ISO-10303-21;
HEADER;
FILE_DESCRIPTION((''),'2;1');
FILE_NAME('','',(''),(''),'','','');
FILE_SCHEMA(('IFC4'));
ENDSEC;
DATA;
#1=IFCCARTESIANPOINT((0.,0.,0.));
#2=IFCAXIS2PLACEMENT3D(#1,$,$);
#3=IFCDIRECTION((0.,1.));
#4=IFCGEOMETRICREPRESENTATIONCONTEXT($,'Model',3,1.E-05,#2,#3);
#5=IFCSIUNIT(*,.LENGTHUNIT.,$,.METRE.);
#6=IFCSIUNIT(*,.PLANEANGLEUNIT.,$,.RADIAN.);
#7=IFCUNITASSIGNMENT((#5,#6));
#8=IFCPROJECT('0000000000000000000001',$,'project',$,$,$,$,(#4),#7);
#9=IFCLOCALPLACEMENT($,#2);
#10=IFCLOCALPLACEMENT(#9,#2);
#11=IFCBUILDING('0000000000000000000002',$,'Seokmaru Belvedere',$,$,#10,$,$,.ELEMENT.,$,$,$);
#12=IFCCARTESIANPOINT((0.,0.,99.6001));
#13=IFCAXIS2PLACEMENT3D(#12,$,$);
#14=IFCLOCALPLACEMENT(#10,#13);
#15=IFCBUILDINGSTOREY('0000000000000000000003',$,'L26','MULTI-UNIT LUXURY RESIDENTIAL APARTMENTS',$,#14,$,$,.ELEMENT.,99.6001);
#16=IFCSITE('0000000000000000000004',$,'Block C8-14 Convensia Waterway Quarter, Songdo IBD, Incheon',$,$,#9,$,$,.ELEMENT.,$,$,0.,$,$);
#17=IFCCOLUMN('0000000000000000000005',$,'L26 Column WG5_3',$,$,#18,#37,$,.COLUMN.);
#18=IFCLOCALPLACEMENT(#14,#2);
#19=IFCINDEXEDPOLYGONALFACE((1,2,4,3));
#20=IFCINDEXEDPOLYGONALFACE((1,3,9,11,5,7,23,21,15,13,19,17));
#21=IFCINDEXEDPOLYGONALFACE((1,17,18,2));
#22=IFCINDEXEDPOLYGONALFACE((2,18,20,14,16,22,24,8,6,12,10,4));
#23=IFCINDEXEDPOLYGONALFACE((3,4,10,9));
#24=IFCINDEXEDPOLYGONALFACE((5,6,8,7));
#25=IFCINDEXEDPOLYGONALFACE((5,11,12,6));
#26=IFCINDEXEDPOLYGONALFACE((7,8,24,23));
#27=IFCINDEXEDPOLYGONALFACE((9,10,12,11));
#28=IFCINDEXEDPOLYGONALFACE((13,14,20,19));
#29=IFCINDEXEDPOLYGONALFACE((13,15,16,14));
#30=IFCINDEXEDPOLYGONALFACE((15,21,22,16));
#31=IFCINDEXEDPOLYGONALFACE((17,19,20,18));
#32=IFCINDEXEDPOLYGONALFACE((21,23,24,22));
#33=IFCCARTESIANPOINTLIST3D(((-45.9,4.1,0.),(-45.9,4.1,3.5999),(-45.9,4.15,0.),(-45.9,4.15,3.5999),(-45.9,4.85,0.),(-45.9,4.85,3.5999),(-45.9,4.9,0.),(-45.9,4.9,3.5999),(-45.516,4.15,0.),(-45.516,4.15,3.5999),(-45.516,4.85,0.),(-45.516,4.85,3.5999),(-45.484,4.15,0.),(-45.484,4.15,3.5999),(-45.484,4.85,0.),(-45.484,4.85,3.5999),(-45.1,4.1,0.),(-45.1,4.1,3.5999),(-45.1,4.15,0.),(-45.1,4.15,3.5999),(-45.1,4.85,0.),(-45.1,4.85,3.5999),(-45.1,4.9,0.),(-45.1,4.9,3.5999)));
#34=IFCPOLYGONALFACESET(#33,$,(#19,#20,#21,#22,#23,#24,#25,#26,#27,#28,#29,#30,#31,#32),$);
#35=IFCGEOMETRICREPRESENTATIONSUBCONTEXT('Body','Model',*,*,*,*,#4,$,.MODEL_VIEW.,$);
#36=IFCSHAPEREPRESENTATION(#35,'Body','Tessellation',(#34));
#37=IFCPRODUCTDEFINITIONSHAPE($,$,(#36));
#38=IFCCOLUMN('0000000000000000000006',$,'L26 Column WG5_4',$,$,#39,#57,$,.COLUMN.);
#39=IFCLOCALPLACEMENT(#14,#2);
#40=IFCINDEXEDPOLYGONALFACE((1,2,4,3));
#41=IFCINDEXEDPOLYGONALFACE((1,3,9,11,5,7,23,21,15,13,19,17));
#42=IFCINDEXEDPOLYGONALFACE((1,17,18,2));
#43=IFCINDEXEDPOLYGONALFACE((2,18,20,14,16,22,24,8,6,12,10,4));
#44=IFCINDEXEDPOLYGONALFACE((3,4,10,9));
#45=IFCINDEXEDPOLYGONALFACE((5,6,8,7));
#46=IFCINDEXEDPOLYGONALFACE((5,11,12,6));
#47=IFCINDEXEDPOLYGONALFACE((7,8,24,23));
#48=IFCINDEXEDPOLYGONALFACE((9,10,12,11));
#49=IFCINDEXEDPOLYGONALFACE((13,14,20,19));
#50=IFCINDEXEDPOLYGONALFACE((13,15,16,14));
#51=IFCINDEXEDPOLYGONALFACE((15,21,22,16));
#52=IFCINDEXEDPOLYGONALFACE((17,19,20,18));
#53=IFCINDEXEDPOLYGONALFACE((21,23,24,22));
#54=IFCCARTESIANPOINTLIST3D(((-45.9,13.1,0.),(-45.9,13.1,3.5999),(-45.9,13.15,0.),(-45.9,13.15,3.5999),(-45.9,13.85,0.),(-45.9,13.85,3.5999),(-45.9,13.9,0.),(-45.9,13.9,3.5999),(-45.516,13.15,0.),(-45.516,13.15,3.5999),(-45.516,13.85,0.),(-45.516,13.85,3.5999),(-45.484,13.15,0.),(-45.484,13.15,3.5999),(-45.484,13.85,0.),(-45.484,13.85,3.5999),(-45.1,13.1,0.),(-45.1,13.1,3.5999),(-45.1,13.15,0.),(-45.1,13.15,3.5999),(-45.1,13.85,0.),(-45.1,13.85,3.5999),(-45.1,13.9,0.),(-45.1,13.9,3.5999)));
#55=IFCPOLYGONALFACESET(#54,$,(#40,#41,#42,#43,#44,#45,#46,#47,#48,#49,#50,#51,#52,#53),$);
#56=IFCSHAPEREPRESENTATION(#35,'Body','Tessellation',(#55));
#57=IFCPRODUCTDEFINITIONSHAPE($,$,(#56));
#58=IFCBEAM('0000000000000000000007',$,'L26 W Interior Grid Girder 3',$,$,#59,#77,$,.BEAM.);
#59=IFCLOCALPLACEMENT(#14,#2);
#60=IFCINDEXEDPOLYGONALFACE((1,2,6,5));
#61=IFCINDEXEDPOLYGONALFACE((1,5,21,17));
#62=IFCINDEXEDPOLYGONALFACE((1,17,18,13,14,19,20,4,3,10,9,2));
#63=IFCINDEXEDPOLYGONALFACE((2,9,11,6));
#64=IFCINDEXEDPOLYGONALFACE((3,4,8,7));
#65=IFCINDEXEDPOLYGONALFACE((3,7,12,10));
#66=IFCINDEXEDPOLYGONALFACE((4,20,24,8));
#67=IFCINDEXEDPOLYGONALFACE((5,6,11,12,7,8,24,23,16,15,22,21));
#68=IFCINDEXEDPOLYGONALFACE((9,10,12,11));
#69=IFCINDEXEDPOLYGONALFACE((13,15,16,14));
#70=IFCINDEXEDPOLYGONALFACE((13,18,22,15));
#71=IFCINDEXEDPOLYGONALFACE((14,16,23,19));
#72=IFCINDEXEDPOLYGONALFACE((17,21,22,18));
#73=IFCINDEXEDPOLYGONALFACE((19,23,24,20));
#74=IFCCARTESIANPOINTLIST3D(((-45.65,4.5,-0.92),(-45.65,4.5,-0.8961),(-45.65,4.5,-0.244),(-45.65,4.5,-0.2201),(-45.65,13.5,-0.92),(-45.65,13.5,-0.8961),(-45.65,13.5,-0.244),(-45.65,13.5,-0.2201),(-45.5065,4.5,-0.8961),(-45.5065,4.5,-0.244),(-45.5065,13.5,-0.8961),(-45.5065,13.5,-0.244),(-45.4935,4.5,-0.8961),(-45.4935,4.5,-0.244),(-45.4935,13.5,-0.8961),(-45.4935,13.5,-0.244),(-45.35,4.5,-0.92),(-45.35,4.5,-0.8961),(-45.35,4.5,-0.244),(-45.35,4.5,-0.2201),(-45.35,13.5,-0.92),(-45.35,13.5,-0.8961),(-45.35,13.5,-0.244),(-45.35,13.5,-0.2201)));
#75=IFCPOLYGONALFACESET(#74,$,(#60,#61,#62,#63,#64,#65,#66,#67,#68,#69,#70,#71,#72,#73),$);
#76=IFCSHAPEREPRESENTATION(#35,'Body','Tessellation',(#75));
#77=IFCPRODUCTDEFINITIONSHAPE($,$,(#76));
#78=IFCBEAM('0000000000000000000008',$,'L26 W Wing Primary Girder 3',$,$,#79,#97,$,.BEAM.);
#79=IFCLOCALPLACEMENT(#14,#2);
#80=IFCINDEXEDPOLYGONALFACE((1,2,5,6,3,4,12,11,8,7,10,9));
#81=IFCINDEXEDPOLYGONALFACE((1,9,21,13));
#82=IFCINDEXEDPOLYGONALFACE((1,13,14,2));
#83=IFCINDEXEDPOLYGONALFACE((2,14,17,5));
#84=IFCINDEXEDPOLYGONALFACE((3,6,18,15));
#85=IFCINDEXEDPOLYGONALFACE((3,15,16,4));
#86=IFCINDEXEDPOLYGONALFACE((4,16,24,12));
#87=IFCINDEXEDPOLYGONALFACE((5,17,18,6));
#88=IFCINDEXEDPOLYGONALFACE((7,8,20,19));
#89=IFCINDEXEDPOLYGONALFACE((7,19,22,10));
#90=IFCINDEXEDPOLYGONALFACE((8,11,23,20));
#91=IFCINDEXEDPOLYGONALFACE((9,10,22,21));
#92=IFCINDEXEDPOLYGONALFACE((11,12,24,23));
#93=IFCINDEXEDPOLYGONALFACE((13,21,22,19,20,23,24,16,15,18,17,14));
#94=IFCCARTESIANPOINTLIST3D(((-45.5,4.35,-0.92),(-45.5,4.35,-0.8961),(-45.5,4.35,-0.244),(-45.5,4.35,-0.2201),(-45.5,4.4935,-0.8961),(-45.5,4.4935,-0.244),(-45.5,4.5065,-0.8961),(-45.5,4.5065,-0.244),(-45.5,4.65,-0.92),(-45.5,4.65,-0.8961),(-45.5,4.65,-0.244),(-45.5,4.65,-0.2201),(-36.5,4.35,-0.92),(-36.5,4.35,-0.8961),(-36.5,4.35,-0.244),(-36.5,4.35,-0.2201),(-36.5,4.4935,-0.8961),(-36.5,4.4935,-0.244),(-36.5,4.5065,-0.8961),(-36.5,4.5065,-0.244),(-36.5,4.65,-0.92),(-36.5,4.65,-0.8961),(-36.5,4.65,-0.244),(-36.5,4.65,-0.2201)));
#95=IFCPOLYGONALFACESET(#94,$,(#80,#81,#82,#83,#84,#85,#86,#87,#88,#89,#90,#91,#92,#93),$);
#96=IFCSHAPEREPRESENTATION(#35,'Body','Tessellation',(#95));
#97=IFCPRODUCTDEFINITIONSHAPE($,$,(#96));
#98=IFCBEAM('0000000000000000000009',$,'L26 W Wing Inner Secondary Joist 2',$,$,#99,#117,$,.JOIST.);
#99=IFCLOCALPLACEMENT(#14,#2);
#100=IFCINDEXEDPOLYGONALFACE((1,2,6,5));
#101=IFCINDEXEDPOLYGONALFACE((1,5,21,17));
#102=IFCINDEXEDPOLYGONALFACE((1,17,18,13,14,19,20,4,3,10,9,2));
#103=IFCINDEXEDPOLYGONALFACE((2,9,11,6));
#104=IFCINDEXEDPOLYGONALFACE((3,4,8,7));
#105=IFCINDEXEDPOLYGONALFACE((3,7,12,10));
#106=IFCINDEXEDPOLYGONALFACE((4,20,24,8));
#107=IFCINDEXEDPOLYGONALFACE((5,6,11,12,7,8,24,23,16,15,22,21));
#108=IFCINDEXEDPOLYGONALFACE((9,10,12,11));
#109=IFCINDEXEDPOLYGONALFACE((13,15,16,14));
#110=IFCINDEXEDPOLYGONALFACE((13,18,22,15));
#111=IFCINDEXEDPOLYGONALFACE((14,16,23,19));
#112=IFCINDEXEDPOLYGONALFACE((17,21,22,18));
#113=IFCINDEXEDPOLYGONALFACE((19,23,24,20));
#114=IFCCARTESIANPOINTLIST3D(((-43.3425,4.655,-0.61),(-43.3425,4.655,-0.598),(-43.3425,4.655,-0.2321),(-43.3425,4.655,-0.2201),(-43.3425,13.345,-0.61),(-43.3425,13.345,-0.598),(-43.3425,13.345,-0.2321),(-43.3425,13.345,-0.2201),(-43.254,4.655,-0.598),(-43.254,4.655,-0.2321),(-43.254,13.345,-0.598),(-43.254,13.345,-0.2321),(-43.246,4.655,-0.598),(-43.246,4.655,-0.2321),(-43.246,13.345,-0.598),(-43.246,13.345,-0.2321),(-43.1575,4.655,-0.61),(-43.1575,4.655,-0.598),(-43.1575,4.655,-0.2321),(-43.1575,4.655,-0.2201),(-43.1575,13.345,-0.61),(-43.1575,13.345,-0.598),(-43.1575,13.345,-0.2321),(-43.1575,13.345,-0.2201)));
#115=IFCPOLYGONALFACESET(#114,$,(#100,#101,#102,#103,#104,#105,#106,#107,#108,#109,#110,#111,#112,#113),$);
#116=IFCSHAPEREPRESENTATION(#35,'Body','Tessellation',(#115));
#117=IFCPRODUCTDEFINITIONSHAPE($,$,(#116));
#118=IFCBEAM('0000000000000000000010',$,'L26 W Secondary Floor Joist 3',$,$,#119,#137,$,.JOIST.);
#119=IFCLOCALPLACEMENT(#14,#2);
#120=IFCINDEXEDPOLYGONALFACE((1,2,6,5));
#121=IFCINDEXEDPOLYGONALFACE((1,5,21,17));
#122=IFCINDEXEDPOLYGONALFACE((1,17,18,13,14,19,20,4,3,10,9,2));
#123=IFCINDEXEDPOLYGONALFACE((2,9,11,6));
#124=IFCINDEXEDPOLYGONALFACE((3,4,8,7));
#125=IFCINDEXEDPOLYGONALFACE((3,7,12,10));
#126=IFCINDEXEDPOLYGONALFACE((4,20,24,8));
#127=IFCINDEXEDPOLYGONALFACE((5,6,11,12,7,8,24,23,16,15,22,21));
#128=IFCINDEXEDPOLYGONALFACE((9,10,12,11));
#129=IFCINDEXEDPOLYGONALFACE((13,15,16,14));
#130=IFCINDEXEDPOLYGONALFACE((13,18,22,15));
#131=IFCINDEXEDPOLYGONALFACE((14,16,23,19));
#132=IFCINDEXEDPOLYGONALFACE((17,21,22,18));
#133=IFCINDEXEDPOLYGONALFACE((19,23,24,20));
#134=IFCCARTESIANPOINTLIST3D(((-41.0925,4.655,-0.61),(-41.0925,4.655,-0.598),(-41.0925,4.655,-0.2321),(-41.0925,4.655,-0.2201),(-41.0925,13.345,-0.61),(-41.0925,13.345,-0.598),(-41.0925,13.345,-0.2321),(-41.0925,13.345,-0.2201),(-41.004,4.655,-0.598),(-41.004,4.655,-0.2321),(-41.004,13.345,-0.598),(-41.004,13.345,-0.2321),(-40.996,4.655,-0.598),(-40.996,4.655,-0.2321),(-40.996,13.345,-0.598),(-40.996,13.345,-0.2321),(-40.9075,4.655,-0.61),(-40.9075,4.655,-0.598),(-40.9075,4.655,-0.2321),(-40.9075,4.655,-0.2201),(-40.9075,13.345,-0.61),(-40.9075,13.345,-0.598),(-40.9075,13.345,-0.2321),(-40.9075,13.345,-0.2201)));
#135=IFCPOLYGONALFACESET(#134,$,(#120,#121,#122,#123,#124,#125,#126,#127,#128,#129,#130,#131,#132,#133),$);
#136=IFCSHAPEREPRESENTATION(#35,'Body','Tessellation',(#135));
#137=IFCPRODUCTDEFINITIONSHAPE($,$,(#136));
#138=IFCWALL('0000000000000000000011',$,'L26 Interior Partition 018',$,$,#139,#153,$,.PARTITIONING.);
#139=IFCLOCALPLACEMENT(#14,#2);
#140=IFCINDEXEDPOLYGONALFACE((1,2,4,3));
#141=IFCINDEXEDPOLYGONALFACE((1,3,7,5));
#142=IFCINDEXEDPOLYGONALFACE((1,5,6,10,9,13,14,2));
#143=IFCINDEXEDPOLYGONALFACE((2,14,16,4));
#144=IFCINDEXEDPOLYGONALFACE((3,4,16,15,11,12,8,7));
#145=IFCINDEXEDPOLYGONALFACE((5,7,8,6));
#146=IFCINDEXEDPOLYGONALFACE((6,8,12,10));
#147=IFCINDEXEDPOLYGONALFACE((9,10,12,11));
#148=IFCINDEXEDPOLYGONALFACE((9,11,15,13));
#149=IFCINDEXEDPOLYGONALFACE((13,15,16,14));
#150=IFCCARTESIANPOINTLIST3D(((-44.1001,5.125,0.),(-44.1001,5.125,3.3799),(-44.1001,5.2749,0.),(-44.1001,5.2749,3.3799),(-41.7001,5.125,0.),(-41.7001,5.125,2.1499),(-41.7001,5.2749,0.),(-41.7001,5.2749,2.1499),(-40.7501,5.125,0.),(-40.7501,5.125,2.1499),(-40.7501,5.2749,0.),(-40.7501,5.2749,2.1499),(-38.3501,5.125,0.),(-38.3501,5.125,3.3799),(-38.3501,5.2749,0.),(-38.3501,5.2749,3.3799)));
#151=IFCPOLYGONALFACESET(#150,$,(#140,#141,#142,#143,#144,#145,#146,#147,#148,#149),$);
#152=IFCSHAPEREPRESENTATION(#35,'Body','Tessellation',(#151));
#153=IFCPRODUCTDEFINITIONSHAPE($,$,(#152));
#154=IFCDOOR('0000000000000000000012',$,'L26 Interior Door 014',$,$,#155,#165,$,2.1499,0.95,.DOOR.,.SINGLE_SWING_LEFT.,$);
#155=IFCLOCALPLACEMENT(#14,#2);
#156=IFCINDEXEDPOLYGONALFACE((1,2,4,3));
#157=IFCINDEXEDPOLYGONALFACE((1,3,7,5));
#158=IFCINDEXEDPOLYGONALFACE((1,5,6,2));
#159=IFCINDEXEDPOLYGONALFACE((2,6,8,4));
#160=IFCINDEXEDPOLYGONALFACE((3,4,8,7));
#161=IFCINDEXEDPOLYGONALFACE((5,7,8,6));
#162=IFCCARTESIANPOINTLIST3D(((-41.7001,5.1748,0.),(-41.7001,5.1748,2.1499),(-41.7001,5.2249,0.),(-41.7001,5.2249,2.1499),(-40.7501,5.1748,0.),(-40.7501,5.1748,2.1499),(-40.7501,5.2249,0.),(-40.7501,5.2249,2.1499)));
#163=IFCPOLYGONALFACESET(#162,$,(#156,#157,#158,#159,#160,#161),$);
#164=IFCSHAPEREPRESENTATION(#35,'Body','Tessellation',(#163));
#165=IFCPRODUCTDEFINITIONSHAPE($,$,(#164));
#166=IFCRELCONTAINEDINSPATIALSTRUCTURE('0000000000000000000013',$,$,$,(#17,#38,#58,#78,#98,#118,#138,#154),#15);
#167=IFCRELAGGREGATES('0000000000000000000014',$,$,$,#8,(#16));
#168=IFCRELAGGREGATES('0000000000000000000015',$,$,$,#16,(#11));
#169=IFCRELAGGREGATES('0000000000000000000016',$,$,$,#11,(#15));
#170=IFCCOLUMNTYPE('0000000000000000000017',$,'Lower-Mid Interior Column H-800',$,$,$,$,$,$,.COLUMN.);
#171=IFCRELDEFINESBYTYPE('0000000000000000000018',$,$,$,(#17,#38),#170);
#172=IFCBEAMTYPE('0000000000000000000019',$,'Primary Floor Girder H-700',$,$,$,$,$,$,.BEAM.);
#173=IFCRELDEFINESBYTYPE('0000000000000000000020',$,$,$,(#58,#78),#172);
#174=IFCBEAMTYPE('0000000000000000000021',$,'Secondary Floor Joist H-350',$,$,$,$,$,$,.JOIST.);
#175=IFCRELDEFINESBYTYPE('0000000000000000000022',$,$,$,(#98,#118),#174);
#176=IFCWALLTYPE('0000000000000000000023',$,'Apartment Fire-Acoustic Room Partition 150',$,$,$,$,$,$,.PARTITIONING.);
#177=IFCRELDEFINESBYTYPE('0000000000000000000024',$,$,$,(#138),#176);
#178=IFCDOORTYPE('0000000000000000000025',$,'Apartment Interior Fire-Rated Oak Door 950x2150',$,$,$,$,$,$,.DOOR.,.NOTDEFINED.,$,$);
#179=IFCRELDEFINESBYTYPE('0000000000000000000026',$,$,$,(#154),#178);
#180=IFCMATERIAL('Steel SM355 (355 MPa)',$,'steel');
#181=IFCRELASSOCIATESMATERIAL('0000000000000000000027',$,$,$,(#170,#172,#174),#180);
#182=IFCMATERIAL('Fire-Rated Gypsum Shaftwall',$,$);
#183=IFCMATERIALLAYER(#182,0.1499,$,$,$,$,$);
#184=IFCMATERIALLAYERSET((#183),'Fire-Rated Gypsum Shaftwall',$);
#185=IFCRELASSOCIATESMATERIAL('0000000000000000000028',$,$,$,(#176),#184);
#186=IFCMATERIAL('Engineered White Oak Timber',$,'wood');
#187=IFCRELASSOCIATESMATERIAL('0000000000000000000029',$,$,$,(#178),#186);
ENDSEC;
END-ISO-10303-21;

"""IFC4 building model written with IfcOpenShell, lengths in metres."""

from ifc_helpers import new_model, si_unit, direction, frame, frame_2d, origin, origin_2d, place, context, subcontext, project, spatial, rectangle, i_section, extrude, source, transform, mapped, material, layer, layer_set, material_profile, profile_set, type_object, type_shapes, element, fill, save


model = new_model("IFC4")

# Units and contexts
model_context = context("Model", 3, precision=1e-05, world=origin(), true_north=direction((0.0, 1.0)))
body_context = subcontext(model_context, "Body", "Model", "MODEL_VIEW")
ifc_project = project(units=[si_unit("LENGTHUNIT", "METRE"), si_unit("PLANEANGLEUNIT", "RADIAN")], contexts=[model_context])

# Site, building, storey
site_placement = place(None, origin())
site = spatial("IfcSite", under=ifc_project, at=site_placement, Name="Block C8-14 Convensia Waterway Quarter, Songdo IBD, Incheon", CompositionType="ELEMENT", RefElevation=0.0)
building_placement = place(site_placement, origin())
building = spatial("IfcBuilding", under=site, at=building_placement, Name="Seokmaru Belvedere", CompositionType="ELEMENT")
storey_placement = place(building_placement, frame((0.0, 0.0, 99.6001)))
storey = spatial("IfcBuildingStorey", under=building, at=storey_placement, Name="L26", Description="MULTI-UNIT LUXURY RESIDENTIAL APARTMENTS", CompositionType="ELEMENT", Elevation=99.6001)

# Columns
ifc_material_1 = material(Name="Steel SM355 (355 MPa)", Category="steel")
ifc_material_profile_1 = material_profile(ifc_material_1, i_section(OverallWidth=0.8, OverallDepth=0.8, WebThickness=0.032, FlangeThickness=0.05, at=origin_2d()), Name="H-800x800x32x50")
ifc_profile_set_1 = profile_set([ifc_material_profile_1], Name="Steel SM355 (355 MPa)")
column_type = type_object("IfcColumnType", Name="Lower-Mid Interior Column H-800", PredefinedType="COLUMN", material=ifc_profile_set_1)
shared_shape_1 = source(origin(), body_context, "Body", "SweptSolid", [
    extrude(i_section(OverallWidth=0.8, OverallDepth=0.8, WebThickness=0.032, FlangeThickness=0.05, at=origin_2d()), origin(), (0.0, 0.0, 1.0), 3.5999),
])
type_shapes(column_type, [shared_shape_1])
for number, where, z_axis, x_axis, name in (
    (1, (-45.5, 4.5, 0.0), (0.0, 0.0, 1.0), (1.0, 0.0, 0.0), "L26 Column WG5_3"),
    (2, (-45.5, 13.5, 0.0), (0.0, 0.0, 1.0), (1.0, 0.0, 0.0), "L26 Column WG5_4"),
):
    element("IfcColumn", number, at=place(storey_placement, frame(where, z_axis=z_axis, x_axis=x_axis)), inside=storey, type_object=column_type, Name=name, PredefinedType="COLUMN", context=body_context, shape_type="MappedRepresentation", body=[
        mapped(shared_shape_1, transform((0.0, 0.0, 0.0), scale=1.0)),
    ])

# Beams
ifc_material_profile_2 = material_profile(ifc_material_1, i_section(OverallWidth=0.3, OverallDepth=0.7, WebThickness=0.0129, FlangeThickness=0.0239, at=origin_2d()), Name="H-700x300x13x24")
ifc_profile_set_2 = profile_set([ifc_material_profile_2], Name="Steel SM355 (355 MPa)")
beam_type_1 = type_object("IfcBeamType", Name="Primary Floor Girder H-700", PredefinedType="BEAM", material=ifc_profile_set_2)
shared_shape_2 = source(origin(), body_context, "Body", "SweptSolid", [
    extrude(i_section(OverallWidth=0.3, OverallDepth=0.7, WebThickness=0.0129, FlangeThickness=0.0239, at=origin_2d()), origin(), (0.0, 0.0, 1.0), 9.0),
])
type_shapes(beam_type_1, [shared_shape_2])
for number, where, z_axis, x_axis, name in (
    (3, (-45.5, 4.5, -0.5701), (0.0, 1.0, 0.0), (-1.0, 0.0, 0.0), "L26 W Interior Grid Girder 3"),
    (4, (-45.5, 4.5, -0.5701), (1.0, 0.0, 0.0), (0.0, 1.0, 0.0), "L26 W Wing Primary Girder 3"),
):
    element("IfcBeam", number, at=place(storey_placement, frame(where, z_axis=z_axis, x_axis=x_axis)), inside=storey, type_object=beam_type_1, Name=name, PredefinedType="BEAM", context=body_context, shape_type="MappedRepresentation", body=[
        mapped(shared_shape_2, transform((0.0, 0.0, 0.0), scale=1.0)),
    ])
ifc_material_profile_3 = material_profile(ifc_material_1, i_section(OverallWidth=0.1851, OverallDepth=0.3899, WebThickness=0.0081, FlangeThickness=0.012, at=origin_2d()), Name="H-390x185x8x12")
ifc_profile_set_3 = profile_set([ifc_material_profile_3], Name="Steel SM355 (355 MPa)")
beam_type_2 = type_object("IfcBeamType", Name="Secondary Floor Joist H-350", PredefinedType="JOIST", material=ifc_profile_set_3)
shared_shape_3 = source(origin(), body_context, "Body", "SweptSolid", [
    extrude(i_section(OverallWidth=0.1851, OverallDepth=0.3899, WebThickness=0.0081, FlangeThickness=0.012, at=origin_2d()), origin(), (0.0, 0.0, 1.0), 8.6899),
])
type_shapes(beam_type_2, [shared_shape_3])
for number, where, z_axis, x_axis, name in (
    (5, (-43.25, 4.655, -0.415), (0.0, 1.0, 0.0), (-1.0, 0.0, 0.0), "L26 W Wing Inner Secondary Joist 2"),
    (6, (-41.0, 4.655, -0.415), (0.0, 1.0, 0.0), (-1.0, 0.0, 0.0), "L26 W Secondary Floor Joist 3"),
):
    element("IfcBeam", number, at=place(storey_placement, frame(where, z_axis=z_axis, x_axis=x_axis)), inside=storey, type_object=beam_type_2, Name=name, PredefinedType="JOIST", context=body_context, shape_type="MappedRepresentation", body=[
        mapped(shared_shape_3, transform((0.0, 0.0, 0.0), scale=1.0)),
    ])

# Wall, opening, door
ifc_material_2 = material(Name="Fire-Rated Gypsum Shaftwall")
ifc_layer_1 = layer(ifc_material_2, 0.1499)
ifc_layer_set_1 = layer_set([ifc_layer_1], Name="Fire-Rated Gypsum Shaftwall")
wall_type_1 = type_object("IfcWallType", Name="Apartment Fire-Acoustic Room Partition 150", PredefinedType="PARTITIONING", material=ifc_layer_set_1)
wall_1_placement = place(storey_placement, frame((-44.1001, 5.2, 0.0), z_axis=(0.0, 0.0, 1.0), x_axis=(1.0, 0.0, 0.0)))
wall_1 = element("IfcWall", 7, at=wall_1_placement, inside=storey, type_object=wall_type_1, Name="L26 Interior Partition 018", PredefinedType="PARTITIONING", context=body_context, shape_type="SweptSolid", body=[
    extrude(rectangle(XDim=5.75, YDim=0.1499, at=frame_2d((2.875, 0.0))), origin(), (0.0, 0.0, 1.0), 3.3799),
])
opening_1_placement = place(wall_1_placement, frame((2.3999, 0.0, 0.0)))
opening_1 = element("IfcOpeningElement", 8, at=opening_1_placement, cuts=wall_1, PredefinedType="OPENING", context=body_context, shape_type="SweptSolid", body=[
    extrude(rectangle(XDim=0.95, YDim=2.1499, at=frame_2d((0.4751, 1.075))), frame((0.0, 0.085, 0.0), z_axis=(0.0, -1.0, 0.0), x_axis=(1.0, 0.0, 0.0)), (0.0, 0.0, 1.0), 0.1699),
])
ifc_material_3 = material(Name="Engineered White Oak Timber", Category="wood")
door_type_1 = type_object("IfcDoorType", Name="Apartment Interior Fire-Rated Oak Door 950x2150", OperationType="NOTDEFINED", PredefinedType="DOOR", material=ifc_material_3)
shared_shape_4 = source(origin(), body_context, "Body", "SweptSolid", [
    extrude(rectangle(XDim=0.95, YDim=2.1499, at=frame_2d((0.4751, 1.075))), frame((0.0, 0.0249, 0.0), z_axis=(0.0, -1.0, 0.0), x_axis=(1.0, 0.0, 0.0)), (0.0, 0.0, 1.0), 0.05),
])
type_shapes(door_type_1, [shared_shape_4])
door_1_placement = place(opening_1_placement, origin())
door_1 = element("IfcDoor", 9, at=door_1_placement, inside=storey, type_object=door_type_1, Name="L26 Interior Door 014", OperationType="SINGLE_SWING_LEFT", OverallHeight=2.1499, OverallWidth=0.95, PredefinedType="DOOR", context=body_context, shape_type="MappedRepresentation", body=[
    mapped(shared_shape_4, transform((0.0, 0.0, 0.0), scale=1.0)),
])
fill(opening_1, door_1)

save(model, "model.ifc")
